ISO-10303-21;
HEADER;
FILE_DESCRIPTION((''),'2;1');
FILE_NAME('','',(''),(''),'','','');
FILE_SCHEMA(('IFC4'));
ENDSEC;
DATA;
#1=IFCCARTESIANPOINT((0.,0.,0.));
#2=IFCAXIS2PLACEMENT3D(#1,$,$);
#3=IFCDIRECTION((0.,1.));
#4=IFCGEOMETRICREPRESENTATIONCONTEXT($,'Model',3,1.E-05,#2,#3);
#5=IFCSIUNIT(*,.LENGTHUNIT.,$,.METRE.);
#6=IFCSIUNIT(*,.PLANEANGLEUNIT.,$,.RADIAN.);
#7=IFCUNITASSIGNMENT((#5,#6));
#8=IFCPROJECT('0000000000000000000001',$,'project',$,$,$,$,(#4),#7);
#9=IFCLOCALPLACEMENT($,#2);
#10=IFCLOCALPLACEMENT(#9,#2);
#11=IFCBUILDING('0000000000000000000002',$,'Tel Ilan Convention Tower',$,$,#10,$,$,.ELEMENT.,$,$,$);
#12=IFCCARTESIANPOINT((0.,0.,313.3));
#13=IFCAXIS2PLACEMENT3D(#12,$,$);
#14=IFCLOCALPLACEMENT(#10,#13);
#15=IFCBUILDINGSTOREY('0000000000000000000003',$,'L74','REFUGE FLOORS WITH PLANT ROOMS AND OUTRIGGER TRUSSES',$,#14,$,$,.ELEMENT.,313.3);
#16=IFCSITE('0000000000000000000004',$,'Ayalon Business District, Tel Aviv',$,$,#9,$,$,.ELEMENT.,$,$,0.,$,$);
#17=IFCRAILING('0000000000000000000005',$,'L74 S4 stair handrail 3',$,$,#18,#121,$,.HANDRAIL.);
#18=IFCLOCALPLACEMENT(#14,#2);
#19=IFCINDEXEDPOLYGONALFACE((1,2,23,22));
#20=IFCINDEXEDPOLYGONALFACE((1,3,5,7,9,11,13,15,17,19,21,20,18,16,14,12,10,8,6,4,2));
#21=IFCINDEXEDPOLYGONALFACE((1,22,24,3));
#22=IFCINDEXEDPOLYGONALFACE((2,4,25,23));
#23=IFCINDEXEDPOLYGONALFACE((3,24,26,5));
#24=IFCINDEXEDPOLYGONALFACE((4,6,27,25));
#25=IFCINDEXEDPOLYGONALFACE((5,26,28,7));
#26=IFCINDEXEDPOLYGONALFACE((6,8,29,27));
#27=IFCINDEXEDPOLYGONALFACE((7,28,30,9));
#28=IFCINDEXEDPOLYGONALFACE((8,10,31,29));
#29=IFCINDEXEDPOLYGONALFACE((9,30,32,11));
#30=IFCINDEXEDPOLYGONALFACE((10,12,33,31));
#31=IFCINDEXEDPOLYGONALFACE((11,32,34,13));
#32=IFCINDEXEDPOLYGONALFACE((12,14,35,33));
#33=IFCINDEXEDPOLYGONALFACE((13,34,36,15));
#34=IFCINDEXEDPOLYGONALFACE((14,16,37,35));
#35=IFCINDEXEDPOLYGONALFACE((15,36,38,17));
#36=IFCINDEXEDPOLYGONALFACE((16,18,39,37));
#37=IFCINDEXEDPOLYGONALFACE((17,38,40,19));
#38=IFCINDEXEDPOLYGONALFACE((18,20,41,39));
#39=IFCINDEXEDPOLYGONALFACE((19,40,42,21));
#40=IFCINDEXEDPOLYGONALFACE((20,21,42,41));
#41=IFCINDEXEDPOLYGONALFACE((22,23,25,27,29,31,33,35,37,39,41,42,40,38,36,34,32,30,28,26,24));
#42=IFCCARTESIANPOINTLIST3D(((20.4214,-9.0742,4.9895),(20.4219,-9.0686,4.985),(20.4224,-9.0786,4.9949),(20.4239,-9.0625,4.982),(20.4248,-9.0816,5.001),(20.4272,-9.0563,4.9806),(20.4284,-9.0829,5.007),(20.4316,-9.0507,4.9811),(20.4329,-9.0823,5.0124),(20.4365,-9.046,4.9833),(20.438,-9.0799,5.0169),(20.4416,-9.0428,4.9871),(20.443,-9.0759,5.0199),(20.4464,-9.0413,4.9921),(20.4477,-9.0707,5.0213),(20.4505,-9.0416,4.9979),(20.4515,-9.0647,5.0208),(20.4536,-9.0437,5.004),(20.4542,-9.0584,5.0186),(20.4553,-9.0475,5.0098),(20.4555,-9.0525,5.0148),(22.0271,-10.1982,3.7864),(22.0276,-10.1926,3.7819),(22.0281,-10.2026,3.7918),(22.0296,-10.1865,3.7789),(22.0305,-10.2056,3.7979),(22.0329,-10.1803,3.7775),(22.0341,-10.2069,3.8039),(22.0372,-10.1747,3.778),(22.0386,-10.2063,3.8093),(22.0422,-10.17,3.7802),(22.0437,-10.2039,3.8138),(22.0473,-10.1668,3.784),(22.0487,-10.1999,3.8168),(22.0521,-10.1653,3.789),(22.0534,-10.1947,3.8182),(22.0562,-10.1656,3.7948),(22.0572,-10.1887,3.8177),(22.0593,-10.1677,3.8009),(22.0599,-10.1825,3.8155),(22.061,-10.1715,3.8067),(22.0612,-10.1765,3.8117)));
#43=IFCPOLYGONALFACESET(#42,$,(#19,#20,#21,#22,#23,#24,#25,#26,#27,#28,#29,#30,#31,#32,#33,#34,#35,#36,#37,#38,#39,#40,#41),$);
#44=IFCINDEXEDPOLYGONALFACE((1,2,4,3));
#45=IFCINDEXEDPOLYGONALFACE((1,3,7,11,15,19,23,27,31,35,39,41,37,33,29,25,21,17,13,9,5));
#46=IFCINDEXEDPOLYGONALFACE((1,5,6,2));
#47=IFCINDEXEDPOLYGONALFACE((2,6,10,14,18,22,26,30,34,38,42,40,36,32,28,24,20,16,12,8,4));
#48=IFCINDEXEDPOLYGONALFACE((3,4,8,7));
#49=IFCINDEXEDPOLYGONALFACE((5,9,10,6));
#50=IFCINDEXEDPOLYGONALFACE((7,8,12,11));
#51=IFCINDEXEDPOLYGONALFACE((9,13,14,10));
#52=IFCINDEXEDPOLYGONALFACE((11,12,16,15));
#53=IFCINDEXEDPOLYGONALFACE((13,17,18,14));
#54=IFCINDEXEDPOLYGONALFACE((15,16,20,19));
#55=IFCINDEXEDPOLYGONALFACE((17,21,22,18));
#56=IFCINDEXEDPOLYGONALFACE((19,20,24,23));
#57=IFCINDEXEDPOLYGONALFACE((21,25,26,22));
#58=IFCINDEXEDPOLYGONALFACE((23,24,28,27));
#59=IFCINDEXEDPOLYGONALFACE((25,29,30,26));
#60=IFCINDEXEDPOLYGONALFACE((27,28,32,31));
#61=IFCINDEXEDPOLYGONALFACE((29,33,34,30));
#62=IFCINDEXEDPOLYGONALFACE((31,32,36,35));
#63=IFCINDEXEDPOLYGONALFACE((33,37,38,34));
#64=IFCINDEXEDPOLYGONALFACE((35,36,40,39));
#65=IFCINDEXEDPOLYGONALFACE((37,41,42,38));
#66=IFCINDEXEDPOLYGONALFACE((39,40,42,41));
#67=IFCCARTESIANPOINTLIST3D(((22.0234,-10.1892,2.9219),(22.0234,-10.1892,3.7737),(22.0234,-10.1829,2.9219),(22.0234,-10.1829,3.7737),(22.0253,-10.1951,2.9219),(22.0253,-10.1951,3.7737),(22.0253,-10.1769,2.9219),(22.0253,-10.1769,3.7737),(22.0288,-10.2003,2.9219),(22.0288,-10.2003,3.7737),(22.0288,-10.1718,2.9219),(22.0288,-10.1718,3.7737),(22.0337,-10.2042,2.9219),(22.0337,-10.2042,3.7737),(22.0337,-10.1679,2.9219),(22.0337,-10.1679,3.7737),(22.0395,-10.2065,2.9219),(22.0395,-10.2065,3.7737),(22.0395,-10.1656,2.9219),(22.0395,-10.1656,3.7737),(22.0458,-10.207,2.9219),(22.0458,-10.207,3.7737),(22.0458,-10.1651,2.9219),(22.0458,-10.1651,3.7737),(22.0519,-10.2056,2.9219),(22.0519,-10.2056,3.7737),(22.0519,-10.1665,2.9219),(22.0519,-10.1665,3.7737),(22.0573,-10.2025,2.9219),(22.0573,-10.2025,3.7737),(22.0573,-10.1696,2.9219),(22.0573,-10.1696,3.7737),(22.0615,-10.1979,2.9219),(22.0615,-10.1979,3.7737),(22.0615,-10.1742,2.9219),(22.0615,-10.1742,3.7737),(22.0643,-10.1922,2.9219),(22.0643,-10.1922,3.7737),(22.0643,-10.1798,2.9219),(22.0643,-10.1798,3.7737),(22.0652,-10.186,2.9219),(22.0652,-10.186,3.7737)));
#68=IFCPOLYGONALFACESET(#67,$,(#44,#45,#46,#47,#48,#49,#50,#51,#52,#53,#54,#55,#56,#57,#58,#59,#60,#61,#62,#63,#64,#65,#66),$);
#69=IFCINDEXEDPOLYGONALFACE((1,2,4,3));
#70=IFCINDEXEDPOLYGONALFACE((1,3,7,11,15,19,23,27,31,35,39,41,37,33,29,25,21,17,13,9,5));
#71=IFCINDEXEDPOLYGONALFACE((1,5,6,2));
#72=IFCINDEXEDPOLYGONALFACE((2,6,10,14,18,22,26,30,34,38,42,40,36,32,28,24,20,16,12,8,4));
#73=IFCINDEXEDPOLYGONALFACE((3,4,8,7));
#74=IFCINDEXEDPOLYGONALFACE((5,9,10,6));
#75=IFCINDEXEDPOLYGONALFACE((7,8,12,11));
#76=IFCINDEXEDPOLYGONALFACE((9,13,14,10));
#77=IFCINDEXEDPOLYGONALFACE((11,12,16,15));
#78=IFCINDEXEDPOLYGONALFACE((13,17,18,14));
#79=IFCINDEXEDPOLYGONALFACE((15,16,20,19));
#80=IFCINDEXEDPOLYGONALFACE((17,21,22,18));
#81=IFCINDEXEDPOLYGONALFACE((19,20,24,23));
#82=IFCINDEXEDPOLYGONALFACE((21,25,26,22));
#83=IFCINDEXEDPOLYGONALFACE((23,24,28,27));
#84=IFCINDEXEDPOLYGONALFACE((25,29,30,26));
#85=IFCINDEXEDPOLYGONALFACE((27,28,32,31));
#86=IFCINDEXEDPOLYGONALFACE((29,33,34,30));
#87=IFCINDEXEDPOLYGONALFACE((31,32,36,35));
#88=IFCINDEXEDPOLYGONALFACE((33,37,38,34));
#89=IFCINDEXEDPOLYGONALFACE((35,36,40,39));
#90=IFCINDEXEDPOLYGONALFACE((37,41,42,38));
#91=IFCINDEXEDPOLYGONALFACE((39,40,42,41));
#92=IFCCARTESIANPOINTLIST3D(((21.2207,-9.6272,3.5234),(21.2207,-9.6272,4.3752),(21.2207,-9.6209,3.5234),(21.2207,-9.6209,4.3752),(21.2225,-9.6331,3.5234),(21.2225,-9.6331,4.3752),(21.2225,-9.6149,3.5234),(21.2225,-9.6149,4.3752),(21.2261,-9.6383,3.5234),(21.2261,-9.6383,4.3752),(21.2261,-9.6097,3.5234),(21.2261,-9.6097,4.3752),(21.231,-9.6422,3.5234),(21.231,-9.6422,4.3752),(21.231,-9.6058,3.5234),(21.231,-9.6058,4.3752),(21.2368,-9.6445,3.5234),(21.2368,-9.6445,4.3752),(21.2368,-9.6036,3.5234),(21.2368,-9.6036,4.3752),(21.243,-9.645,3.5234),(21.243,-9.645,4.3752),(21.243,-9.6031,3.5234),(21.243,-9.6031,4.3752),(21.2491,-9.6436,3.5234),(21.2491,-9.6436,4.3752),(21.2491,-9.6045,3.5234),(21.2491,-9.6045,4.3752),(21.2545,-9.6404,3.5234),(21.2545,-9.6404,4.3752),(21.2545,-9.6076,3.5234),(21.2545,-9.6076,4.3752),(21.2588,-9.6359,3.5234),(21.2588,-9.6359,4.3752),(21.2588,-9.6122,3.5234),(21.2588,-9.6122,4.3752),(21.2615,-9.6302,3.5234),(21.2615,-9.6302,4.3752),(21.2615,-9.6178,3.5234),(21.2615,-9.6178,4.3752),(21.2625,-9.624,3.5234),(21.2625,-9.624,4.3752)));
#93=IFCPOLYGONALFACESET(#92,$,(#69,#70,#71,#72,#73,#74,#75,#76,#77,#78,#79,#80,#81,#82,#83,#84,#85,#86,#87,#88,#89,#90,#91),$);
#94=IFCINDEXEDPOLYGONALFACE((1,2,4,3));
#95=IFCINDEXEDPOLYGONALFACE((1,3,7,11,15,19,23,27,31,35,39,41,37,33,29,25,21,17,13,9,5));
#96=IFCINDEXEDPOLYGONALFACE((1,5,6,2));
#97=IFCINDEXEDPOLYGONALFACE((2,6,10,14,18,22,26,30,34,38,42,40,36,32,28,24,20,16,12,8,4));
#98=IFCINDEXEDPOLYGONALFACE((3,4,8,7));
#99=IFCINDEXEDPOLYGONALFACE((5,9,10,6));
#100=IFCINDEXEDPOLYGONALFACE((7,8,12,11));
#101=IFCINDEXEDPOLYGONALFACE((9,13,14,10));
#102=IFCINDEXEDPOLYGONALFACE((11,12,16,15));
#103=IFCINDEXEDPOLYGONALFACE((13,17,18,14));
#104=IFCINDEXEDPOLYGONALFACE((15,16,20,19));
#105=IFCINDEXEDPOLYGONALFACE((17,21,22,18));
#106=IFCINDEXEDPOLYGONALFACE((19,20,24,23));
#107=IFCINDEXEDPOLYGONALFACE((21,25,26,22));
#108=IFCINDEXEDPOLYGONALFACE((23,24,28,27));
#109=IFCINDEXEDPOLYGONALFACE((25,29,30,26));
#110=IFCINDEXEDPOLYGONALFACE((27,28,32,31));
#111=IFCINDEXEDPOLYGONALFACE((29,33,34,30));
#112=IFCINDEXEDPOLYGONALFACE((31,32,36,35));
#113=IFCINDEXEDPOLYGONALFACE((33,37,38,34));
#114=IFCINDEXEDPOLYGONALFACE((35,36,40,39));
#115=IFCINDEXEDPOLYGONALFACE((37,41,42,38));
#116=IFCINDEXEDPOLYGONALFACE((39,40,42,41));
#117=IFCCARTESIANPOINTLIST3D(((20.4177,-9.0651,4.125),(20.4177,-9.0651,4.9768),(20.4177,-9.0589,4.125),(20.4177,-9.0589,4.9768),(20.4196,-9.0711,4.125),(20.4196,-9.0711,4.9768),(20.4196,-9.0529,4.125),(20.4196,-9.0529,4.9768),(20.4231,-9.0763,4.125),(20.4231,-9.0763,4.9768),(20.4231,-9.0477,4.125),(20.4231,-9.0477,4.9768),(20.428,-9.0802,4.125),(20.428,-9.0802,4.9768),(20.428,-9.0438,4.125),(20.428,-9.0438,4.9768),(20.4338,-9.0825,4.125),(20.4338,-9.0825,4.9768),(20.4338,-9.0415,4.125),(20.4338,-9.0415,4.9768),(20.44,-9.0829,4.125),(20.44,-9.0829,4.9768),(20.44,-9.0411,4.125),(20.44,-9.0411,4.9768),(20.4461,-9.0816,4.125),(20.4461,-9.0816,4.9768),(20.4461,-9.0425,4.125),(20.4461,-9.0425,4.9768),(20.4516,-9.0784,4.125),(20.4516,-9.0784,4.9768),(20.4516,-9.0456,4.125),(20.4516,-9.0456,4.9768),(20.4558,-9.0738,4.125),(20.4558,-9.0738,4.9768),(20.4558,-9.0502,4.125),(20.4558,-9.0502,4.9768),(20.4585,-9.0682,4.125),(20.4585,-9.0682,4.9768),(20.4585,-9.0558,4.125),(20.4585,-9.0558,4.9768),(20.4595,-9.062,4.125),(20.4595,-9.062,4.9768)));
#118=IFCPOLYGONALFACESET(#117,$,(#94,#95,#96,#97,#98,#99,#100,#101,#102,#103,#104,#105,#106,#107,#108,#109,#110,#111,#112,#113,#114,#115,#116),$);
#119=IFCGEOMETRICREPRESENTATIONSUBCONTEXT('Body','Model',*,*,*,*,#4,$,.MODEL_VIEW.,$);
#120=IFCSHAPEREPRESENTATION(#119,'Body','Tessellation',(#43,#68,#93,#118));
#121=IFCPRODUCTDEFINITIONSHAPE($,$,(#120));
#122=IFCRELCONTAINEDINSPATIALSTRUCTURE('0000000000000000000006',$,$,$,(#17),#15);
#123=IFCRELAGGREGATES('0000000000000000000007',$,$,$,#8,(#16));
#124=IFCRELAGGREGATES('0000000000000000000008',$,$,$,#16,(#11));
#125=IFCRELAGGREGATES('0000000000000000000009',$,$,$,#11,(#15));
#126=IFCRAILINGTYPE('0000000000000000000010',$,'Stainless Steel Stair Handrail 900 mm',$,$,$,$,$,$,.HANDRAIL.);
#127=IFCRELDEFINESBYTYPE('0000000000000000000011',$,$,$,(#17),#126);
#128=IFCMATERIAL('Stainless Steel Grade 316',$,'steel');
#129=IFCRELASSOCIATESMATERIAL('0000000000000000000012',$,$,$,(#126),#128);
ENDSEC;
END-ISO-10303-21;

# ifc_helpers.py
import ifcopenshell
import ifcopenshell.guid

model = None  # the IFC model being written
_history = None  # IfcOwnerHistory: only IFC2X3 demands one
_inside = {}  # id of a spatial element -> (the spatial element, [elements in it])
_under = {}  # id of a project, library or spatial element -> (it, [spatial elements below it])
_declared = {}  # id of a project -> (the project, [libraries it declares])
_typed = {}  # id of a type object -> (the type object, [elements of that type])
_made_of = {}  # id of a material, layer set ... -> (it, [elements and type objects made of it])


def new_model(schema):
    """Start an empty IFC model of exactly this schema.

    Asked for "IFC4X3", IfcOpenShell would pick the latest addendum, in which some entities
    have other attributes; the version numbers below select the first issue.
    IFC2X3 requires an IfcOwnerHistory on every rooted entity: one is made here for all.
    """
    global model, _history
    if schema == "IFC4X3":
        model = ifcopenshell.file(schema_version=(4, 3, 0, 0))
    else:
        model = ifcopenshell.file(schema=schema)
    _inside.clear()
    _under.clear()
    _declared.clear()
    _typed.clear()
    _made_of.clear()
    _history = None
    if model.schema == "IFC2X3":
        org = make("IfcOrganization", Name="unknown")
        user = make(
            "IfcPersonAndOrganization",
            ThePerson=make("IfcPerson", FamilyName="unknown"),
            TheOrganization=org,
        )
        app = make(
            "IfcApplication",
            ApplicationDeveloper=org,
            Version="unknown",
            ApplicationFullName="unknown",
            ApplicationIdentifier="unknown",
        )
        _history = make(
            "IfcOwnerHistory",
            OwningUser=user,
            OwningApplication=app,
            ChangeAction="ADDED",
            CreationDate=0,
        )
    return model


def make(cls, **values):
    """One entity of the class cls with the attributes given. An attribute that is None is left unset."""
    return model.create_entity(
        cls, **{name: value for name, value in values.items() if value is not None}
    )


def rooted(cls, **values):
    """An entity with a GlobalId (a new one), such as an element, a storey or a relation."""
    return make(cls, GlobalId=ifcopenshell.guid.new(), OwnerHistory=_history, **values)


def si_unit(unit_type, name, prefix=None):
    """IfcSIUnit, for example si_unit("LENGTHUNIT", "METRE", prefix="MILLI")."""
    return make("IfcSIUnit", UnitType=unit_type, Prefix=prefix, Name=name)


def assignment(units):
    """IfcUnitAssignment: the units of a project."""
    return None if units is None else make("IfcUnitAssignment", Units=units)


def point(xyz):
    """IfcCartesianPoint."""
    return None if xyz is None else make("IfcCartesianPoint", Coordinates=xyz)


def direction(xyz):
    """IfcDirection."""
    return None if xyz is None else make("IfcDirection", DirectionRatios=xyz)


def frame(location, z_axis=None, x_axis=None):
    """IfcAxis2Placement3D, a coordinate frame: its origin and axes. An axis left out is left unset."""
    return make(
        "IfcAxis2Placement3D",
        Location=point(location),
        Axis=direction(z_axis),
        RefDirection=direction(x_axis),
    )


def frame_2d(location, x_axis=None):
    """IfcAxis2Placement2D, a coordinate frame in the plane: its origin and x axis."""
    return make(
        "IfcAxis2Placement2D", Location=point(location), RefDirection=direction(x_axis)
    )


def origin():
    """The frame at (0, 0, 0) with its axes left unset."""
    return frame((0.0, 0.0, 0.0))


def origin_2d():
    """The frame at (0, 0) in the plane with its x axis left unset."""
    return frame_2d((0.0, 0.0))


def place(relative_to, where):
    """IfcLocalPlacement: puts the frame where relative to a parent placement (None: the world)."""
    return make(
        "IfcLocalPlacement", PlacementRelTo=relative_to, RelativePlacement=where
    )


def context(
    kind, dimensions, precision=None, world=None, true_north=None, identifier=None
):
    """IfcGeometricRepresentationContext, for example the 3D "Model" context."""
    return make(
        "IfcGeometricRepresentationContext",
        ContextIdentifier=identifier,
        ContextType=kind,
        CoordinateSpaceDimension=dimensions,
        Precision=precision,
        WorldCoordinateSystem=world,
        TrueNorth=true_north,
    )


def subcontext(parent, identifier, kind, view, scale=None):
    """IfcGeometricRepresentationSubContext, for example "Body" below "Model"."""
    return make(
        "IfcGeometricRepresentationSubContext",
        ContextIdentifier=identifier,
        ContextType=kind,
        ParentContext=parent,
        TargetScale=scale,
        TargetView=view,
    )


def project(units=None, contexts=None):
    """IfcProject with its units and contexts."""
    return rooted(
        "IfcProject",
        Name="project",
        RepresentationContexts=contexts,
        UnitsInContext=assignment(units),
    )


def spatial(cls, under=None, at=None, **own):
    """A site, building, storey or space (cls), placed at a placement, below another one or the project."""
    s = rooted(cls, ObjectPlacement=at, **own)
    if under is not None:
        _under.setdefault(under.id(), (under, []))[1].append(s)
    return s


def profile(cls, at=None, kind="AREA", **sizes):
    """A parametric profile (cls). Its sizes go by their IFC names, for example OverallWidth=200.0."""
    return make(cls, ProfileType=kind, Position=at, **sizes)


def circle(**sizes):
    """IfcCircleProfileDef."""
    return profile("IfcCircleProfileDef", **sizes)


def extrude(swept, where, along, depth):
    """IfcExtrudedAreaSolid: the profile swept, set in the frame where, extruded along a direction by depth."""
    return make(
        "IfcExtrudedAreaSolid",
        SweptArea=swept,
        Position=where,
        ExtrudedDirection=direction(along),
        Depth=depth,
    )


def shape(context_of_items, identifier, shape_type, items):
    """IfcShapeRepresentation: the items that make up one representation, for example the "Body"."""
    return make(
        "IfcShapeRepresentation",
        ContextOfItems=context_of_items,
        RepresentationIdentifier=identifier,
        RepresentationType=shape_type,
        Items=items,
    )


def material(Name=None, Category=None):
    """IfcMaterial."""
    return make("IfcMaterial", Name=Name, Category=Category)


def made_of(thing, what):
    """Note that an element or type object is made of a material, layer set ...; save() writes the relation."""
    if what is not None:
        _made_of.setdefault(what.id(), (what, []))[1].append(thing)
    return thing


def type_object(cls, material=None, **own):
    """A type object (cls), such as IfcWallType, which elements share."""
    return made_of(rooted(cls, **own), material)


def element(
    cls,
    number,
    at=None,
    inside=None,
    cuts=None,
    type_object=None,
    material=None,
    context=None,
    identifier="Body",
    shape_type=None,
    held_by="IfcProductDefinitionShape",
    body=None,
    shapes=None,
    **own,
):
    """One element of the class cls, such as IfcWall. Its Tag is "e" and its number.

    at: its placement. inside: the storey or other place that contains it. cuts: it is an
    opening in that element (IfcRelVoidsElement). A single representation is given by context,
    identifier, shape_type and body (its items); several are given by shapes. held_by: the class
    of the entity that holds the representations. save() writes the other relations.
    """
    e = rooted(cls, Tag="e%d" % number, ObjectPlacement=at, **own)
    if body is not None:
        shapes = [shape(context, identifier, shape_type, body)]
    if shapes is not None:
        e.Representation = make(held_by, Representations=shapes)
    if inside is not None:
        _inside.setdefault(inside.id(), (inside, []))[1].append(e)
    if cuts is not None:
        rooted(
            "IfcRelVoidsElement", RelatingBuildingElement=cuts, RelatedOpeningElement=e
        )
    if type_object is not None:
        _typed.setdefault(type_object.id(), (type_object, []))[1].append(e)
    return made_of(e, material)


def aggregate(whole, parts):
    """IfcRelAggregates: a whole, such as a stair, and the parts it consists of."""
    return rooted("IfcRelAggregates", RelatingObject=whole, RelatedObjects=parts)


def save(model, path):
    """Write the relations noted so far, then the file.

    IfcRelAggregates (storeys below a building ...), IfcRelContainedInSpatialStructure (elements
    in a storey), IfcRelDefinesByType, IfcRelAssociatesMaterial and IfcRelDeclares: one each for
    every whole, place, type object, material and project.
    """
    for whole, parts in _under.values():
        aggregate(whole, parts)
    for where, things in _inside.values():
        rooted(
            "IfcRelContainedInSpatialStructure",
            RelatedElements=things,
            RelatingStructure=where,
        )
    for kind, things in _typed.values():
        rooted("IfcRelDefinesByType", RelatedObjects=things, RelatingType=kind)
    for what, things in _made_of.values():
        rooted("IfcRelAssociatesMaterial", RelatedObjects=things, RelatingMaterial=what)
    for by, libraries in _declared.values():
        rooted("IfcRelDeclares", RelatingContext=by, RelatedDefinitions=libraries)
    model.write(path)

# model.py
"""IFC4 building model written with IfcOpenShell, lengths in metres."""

from ifc_helpers import new_model, si_unit, direction, frame, origin, origin_2d, place, context, subcontext, project, spatial, circle, extrude, material, type_object, element, save


model = new_model("IFC4")

# Units and contexts
model_context = context("Model", 3, precision=1e-05, world=origin(), true_north=direction((0.0, 1.0)))
body_context = subcontext(model_context, "Body", "Model", "MODEL_VIEW")
ifc_project = project(units=[si_unit("LENGTHUNIT", "METRE"), si_unit("PLANEANGLEUNIT", "RADIAN")], contexts=[model_context])

# Site, building, storey
site_placement = place(None, origin())
site = spatial("IfcSite", under=ifc_project, at=site_placement, Name="Ayalon Business District, Tel Aviv", CompositionType="ELEMENT", RefElevation=0.0)
building_placement = place(site_placement, origin())
building = spatial("IfcBuilding", under=site, at=building_placement, Name="Tel Ilan Convention Tower", CompositionType="ELEMENT")
storey_placement = place(building_placement, frame((0.0, 0.0, 313.3)))
storey = spatial("IfcBuildingStorey", under=building, at=storey_placement, Name="L74", Description="REFUGE FLOORS WITH PLANT ROOMS AND OUTRIGGER TRUSSES", CompositionType="ELEMENT", Elevation=313.3)

# Railing
ifc_material_1 = material(Name="Stainless Steel Grade 316", Category="steel")
railing_type_1 = type_object("IfcRailingType", Name="Stainless Steel Stair Handrail 900 mm", PredefinedType="HANDRAIL", material=ifc_material_1)
for number, where, name in (
    (1, (22.0442, -10.186, 2.9219), "L74 S4 stair handrail 3"),
):
    element("IfcRailing", number, at=place(storey_placement, frame(where)), inside=storey, type_object=railing_type_1, Name=name, PredefinedType="HANDRAIL", context=body_context, shape_type="SweptSolid", body=[
        extrude(circle(Radius=0.0239, at=origin_2d()), frame((0.0, 0.0, 0.876), z_axis=(-0.698185, 0.48874, 0.523135), x_axis=(-0.573471, -0.819226, 0.0)), (0.0, 0.0, 1.0), 2.2998),
        extrude(circle(Radius=0.021, at=origin_2d()), origin(), (0.0, 0.0, 1.0), 0.8518),
        extrude(circle(Radius=0.021, at=origin_2d()), frame((-0.8027, 0.562, 0.6016)), (0.0, 0.0, 1.0), 0.8518),
        extrude(circle(Radius=0.021, at=origin_2d()), frame((-1.6057, 1.124, 1.2031)), (0.0, 0.0, 1.0), 0.8518),
    ])

save(model, "model.ifc")
